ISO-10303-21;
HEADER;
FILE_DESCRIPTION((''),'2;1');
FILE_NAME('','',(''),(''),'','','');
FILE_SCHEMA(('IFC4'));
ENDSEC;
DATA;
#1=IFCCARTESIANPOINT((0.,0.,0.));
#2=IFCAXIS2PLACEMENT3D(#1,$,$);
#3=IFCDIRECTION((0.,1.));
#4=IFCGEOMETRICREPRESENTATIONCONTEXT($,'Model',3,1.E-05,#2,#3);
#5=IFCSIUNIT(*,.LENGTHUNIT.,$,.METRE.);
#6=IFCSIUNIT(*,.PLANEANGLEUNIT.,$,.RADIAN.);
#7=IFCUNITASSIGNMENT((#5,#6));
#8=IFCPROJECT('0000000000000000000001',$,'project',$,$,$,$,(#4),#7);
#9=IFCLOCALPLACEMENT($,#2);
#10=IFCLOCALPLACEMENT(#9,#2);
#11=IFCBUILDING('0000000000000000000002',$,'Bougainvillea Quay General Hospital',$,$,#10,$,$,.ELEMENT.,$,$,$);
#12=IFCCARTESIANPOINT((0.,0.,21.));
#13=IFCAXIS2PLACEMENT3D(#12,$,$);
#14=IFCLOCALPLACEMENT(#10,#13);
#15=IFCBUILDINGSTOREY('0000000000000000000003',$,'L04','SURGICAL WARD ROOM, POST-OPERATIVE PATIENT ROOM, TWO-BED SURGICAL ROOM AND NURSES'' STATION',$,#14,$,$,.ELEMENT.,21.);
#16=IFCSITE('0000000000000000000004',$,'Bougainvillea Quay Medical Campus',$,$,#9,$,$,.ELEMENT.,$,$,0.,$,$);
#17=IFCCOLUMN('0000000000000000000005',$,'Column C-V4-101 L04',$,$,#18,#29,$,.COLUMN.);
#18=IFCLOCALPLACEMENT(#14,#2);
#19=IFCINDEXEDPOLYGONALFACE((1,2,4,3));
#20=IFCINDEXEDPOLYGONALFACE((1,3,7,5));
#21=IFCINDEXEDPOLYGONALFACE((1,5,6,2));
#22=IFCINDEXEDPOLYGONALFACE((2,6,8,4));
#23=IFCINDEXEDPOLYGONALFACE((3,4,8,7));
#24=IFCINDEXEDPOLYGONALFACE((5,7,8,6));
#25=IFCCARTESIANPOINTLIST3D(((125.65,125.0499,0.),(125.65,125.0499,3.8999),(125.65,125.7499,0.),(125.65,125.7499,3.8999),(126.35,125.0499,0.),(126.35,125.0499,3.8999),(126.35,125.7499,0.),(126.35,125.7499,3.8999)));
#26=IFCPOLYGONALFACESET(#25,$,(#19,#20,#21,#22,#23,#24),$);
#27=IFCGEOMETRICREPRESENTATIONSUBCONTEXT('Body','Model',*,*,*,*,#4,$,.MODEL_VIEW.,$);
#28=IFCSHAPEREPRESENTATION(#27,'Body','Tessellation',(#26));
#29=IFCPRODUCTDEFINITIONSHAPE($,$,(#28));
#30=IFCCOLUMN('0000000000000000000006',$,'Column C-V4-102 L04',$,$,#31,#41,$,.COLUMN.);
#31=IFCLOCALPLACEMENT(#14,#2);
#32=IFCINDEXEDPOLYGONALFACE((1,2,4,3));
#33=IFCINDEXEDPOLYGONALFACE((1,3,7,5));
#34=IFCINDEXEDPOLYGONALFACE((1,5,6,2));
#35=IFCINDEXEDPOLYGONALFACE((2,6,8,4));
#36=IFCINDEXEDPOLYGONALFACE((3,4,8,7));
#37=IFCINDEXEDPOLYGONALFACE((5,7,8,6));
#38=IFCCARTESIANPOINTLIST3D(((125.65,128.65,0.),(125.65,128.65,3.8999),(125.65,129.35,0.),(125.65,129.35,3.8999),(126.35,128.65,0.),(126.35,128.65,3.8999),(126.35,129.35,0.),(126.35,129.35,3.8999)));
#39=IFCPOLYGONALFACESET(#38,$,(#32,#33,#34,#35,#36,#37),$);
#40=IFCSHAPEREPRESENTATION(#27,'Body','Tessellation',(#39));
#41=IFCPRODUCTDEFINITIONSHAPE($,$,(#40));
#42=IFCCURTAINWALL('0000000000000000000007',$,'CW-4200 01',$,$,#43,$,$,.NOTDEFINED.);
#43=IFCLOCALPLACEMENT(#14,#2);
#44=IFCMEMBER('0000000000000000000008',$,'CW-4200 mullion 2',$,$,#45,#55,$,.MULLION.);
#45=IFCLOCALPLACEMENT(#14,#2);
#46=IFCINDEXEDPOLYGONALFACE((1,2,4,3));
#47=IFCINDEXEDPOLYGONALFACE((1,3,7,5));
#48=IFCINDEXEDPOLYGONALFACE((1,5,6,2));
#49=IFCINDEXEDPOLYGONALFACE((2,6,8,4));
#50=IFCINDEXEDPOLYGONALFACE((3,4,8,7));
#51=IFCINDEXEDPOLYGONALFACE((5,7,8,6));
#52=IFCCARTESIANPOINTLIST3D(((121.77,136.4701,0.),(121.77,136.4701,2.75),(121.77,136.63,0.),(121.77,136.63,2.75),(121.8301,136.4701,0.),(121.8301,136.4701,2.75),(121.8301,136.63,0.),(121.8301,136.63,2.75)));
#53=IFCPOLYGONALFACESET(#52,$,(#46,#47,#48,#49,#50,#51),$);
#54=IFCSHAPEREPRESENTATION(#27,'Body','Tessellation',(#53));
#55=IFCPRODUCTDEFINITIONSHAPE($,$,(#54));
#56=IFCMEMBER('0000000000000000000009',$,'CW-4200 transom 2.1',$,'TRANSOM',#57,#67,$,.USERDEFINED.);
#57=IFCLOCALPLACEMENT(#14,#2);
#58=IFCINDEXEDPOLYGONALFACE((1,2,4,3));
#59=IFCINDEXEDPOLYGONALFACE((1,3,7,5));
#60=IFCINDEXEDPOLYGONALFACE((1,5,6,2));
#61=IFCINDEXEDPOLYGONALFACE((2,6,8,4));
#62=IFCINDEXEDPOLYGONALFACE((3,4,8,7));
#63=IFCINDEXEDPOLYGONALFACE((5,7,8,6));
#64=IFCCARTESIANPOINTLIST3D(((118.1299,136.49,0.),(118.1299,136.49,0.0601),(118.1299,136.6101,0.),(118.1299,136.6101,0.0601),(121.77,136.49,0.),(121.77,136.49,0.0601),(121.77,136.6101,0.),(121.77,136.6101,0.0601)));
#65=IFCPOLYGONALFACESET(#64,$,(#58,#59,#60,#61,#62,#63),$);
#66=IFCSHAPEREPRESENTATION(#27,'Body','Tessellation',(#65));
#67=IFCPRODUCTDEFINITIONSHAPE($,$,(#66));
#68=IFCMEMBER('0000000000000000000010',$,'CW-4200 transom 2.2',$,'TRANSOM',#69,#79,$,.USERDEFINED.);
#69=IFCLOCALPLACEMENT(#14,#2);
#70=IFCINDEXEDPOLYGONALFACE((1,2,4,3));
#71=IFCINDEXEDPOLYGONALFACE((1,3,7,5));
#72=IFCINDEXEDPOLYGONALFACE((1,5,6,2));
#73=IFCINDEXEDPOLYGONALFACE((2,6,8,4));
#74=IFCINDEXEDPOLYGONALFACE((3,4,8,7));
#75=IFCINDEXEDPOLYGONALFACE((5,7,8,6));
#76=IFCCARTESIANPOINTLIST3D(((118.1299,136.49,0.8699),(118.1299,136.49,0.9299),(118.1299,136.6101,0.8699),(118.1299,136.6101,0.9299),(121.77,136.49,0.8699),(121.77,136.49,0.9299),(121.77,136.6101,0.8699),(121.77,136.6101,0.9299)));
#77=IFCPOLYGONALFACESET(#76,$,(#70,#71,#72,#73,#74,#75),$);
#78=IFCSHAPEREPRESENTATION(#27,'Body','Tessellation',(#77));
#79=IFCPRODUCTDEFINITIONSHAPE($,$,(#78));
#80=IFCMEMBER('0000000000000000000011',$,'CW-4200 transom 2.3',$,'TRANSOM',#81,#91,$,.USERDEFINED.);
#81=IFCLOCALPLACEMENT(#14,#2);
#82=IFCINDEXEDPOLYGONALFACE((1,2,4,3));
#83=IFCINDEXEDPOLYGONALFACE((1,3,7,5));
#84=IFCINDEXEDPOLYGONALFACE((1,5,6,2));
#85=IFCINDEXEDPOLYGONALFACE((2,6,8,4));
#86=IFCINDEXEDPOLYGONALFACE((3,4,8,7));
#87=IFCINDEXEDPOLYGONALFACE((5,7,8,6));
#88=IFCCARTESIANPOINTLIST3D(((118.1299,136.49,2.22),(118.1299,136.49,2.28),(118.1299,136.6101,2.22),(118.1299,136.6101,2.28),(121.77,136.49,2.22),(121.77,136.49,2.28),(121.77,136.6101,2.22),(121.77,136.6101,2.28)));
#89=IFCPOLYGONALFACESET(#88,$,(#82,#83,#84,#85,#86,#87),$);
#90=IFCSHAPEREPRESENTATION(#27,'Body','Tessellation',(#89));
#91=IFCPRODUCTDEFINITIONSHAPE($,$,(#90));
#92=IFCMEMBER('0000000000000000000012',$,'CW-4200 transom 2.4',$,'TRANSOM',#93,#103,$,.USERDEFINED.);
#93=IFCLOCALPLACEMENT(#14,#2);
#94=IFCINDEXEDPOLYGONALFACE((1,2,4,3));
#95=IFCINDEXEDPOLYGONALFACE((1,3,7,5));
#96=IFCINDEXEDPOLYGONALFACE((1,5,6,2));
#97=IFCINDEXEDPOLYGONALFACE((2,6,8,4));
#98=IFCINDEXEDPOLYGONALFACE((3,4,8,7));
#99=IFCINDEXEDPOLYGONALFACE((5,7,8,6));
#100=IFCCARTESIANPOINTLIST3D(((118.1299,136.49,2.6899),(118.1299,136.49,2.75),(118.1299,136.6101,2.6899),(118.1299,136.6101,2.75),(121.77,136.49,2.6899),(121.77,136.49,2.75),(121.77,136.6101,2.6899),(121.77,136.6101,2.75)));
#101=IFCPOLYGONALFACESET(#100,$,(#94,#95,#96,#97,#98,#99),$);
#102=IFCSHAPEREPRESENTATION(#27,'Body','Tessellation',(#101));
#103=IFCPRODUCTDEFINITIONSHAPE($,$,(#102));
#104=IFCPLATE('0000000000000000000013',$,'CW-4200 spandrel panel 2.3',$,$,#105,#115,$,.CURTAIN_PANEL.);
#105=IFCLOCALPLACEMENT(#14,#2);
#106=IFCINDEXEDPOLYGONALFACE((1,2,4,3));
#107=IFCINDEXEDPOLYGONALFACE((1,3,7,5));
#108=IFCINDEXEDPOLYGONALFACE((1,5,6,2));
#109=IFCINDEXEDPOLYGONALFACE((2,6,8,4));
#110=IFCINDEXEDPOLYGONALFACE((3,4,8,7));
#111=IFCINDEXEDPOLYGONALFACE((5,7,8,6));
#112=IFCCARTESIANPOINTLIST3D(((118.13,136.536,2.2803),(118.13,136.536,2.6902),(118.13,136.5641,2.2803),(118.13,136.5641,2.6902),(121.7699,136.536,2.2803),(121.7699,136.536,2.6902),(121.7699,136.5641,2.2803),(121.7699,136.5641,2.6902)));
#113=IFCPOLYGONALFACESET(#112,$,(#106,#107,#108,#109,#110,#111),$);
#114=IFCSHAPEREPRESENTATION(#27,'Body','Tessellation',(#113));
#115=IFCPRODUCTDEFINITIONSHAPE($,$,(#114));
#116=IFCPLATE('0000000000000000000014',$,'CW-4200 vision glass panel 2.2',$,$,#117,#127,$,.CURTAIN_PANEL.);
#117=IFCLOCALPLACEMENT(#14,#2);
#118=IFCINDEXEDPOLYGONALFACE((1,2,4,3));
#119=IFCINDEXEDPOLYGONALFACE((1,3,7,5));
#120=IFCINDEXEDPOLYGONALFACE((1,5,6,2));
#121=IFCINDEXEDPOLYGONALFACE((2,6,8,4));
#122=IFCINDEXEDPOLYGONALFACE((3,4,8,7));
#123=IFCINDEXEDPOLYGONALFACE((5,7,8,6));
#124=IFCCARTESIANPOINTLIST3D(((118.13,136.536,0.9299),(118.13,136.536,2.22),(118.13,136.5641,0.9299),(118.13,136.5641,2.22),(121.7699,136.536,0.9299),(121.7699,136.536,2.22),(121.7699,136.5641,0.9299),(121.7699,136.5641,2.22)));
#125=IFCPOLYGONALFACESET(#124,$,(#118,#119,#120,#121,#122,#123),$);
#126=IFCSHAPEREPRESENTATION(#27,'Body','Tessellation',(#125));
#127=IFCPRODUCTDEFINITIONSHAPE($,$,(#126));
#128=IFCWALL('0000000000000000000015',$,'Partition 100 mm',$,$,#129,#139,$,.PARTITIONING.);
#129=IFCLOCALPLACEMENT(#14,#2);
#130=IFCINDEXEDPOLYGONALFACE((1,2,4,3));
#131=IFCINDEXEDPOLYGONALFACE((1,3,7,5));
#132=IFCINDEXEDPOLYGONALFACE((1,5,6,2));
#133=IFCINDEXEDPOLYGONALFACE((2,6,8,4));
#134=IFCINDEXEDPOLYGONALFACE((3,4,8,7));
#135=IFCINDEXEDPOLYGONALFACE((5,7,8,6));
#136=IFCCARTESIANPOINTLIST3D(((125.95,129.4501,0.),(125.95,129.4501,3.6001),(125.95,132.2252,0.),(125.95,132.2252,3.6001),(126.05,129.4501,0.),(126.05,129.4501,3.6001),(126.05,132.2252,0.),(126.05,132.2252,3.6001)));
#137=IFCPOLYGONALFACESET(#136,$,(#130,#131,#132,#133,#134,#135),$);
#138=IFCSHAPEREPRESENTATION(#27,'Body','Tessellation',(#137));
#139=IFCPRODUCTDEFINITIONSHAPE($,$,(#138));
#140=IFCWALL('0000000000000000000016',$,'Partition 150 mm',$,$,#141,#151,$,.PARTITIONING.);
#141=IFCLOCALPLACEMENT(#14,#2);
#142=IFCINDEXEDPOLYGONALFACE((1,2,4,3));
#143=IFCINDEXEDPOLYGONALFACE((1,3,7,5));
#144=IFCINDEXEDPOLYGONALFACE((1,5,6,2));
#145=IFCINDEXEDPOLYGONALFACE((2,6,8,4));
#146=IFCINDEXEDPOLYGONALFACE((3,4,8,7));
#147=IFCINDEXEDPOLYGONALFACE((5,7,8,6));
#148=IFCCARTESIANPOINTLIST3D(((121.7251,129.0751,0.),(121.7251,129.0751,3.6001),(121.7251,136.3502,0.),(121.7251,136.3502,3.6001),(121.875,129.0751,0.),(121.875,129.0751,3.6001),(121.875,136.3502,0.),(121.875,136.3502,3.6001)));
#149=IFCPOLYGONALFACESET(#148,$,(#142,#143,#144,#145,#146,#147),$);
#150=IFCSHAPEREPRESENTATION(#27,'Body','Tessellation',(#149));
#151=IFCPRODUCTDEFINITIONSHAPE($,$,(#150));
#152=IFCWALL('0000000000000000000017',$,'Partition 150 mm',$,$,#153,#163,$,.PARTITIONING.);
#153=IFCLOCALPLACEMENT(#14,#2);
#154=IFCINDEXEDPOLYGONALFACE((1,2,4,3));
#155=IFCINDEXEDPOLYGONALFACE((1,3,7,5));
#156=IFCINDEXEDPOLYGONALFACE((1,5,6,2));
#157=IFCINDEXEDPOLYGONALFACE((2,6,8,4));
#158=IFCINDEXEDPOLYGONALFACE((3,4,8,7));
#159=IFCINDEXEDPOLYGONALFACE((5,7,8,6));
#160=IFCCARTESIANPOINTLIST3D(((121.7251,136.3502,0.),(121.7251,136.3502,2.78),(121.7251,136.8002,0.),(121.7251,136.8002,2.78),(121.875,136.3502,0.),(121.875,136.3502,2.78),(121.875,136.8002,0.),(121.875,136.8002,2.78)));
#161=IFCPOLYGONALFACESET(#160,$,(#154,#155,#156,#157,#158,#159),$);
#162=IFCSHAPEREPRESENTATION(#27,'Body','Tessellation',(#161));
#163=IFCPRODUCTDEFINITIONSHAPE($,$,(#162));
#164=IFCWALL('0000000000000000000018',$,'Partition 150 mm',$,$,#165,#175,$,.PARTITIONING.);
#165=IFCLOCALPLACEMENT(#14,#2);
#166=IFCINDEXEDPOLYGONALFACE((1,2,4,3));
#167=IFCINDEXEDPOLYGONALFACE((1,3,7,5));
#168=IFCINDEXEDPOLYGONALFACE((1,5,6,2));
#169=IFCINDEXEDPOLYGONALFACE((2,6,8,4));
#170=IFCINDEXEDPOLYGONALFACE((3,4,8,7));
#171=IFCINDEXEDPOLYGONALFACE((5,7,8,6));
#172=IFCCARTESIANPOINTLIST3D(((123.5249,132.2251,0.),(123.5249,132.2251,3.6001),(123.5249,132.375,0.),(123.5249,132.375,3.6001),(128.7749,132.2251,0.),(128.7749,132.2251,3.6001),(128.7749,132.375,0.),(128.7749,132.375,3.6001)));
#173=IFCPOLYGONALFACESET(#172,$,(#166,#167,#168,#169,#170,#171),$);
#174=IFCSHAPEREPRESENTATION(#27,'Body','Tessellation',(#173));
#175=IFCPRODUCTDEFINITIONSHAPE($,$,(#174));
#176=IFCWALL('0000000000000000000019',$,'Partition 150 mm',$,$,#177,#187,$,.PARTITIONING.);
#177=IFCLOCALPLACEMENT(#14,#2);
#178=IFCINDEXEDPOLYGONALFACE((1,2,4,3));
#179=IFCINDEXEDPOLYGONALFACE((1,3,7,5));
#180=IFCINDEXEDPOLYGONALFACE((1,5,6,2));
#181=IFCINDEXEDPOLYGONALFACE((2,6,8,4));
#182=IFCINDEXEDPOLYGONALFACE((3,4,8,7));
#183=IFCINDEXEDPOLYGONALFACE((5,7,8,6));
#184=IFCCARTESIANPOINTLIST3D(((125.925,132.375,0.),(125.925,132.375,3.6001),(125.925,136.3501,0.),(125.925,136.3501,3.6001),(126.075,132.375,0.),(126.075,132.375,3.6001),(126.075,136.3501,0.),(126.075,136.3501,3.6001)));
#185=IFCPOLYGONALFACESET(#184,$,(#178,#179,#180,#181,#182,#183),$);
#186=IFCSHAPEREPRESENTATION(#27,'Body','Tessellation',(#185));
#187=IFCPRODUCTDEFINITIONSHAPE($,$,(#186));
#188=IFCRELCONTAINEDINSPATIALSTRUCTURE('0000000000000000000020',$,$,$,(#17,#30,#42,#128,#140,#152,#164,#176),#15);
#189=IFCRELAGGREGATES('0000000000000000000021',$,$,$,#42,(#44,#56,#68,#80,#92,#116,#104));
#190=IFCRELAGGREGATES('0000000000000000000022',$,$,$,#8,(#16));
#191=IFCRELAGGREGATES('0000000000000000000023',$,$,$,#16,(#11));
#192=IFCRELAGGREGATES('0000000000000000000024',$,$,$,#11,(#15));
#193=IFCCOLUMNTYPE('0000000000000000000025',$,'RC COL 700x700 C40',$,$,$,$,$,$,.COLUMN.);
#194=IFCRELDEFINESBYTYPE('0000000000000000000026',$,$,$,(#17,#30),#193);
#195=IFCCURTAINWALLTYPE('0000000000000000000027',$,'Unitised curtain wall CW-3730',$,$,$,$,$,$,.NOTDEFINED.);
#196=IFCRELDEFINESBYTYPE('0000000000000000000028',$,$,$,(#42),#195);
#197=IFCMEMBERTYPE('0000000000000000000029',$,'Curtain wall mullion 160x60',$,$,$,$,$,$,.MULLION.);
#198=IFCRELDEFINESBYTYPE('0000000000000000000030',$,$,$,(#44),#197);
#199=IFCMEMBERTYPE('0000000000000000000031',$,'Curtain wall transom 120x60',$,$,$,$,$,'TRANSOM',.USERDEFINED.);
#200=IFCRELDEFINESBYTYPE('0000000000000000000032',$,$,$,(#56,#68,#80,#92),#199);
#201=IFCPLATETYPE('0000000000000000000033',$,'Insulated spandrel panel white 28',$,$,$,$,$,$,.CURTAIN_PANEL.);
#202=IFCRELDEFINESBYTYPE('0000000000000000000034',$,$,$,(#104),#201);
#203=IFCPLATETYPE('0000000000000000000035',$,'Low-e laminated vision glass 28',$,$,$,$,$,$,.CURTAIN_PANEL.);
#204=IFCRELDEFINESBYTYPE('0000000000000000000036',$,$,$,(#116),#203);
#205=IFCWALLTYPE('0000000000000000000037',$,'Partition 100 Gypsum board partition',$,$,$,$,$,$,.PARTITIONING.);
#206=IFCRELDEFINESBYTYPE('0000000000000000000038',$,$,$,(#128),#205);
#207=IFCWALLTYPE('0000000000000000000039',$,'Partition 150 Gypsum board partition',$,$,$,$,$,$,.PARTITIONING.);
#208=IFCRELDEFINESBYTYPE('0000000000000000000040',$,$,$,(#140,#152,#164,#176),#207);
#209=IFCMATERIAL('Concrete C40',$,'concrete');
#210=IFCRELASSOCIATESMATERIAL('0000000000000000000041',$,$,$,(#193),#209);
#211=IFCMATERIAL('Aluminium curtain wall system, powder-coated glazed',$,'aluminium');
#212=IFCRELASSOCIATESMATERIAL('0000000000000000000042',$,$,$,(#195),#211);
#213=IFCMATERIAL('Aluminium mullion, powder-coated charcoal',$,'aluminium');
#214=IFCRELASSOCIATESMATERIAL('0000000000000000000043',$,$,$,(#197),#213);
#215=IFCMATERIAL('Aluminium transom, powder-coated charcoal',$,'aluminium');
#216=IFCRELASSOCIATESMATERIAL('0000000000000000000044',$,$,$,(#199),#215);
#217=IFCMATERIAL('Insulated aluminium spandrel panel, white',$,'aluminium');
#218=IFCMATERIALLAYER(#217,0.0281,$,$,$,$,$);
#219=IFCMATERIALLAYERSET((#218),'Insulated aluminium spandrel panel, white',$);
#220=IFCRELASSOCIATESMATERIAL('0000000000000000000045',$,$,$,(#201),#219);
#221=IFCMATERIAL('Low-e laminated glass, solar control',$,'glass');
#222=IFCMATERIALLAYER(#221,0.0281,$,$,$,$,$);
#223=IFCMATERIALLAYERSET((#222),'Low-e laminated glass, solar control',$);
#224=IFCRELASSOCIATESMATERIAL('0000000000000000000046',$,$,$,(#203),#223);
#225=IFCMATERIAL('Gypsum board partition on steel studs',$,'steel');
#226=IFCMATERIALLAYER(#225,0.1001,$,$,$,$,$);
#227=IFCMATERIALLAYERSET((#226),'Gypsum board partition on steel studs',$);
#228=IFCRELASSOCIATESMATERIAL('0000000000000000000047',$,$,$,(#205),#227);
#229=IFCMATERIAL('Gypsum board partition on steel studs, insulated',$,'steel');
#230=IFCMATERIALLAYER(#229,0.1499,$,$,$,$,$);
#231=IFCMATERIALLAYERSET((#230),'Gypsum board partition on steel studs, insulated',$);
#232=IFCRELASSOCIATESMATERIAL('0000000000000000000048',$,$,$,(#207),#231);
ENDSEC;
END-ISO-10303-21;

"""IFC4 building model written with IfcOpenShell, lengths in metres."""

from ifc_helpers import new_model, si_unit, direction, frame, frame_2d, origin, origin_2d, place, context, subcontext, project, spatial, rectangle, extrude, material, layer, layer_set, material_profile, profile_set, type_object, element, aggregate, save


model = new_model("IFC4")

# Units and contexts
model_context = context("Model", 3, precision=1e-05, world=origin(), true_north=direction((0.0, 1.0)))
body_context = subcontext(model_context, "Body", "Model", "MODEL_VIEW")
ifc_project = project(units=[si_unit("LENGTHUNIT", "METRE"), si_unit("PLANEANGLEUNIT", "RADIAN")], contexts=[model_context])

# Site, building, storey
site_placement = place(None, origin())
site = spatial("IfcSite", under=ifc_project, at=site_placement, Name="Bougainvillea Quay Medical Campus", CompositionType="ELEMENT", RefElevation=0.0)
building_placement = place(site_placement, origin())
building = spatial("IfcBuilding", under=site, at=building_placement, Name="Bougainvillea Quay General Hospital", CompositionType="ELEMENT")
storey_placement = place(building_placement, frame((0.0, 0.0, 21.0)))
storey = spatial("IfcBuildingStorey", under=building, at=storey_placement, Name="L04", Description="SURGICAL WARD ROOM, POST-OPERATIVE PATIENT ROOM, TWO-BED SURGICAL ROOM AND NURSES' STATION", CompositionType="ELEMENT", Elevation=21.0)

# Columns
ifc_material_1 = material(Name="Concrete C40", Category="concrete")
ifc_material_profile_1 = material_profile(ifc_material_1, rectangle(XDim=0.7, YDim=0.7, at=origin_2d()))
ifc_profile_set_1 = profile_set([ifc_material_profile_1], Name="Concrete C40")
column_type = type_object("IfcColumnType", Name="RC COL 700x700 C40", PredefinedType="COLUMN", material=ifc_profile_set_1)
for number, where, z_axis, x_axis, name in (
    (1, (126.0, 125.3999, 0.0), (0.0, 0.0, 1.0), (1.0, 0.0, 0.0), "Column C-V4-101 L04"),
    (2, (126.0, 129.0, 0.0), (0.0, 0.0, 1.0), (1.0, 0.0, 0.0), "Column C-V4-102 L04"),
):
    element("IfcColumn", number, at=place(storey_placement, frame(where, z_axis=z_axis, x_axis=x_axis)), inside=storey, type_object=column_type, Name=name, PredefinedType="COLUMN", context=body_context, shape_type="SweptSolid", body=[
        extrude(rectangle(XDim=0.7, YDim=0.7, at=origin_2d()), origin(), (0.0, 0.0, 1.0), 3.8999),
    ])

# Curtain wall, members, plates
ifc_material_2 = material(Name="Aluminium curtain wall system, powder-coated glazed", Category="aluminium")
curtain_wall_type = type_object("IfcCurtainWallType", Name="Unitised curtain wall CW-3730", PredefinedType="NOTDEFINED", material=ifc_material_2)
curtain_wall_placement = place(storey_placement, origin())
curtain_wall = element("IfcCurtainWall", 3, at=curtain_wall_placement, inside=storey, type_object=curtain_wall_type, Name="CW-4200 01", PredefinedType="NOTDEFINED")
ifc_material_3 = material(Name="Aluminium mullion, powder-coated charcoal", Category="aluminium")
ifc_material_profile_2 = material_profile(ifc_material_3, rectangle(XDim=0.1599, YDim=0.0601, at=origin_2d()))
ifc_profile_set_2 = profile_set([ifc_material_profile_2], Name="Aluminium mullion, powder-coated charcoal")
member_type_1 = type_object("IfcMemberType", Name="Curtain wall mullion 160x60", PredefinedType="MULLION", material=ifc_profile_set_2)
member_1_placement = place(storey_placement, frame((121.8, 136.55, 0.0), z_axis=(0.0, 0.0, 1.0), x_axis=(0.0, -1.0, 0.0)))
member_1 = element("IfcMember", 4, at=member_1_placement, type_object=member_type_1, Name="CW-4200 mullion 2", PredefinedType="MULLION", context=body_context, shape_type="SweptSolid", body=[
    extrude(rectangle(XDim=0.1599, YDim=0.0601, at=origin_2d()), origin(), (0.0, 0.0, 1.0), 2.75),
])
ifc_material_4 = material(Name="Aluminium transom, powder-coated charcoal", Category="aluminium")
ifc_material_profile_3 = material_profile(ifc_material_4, rectangle(XDim=0.1201, YDim=0.0601, at=origin_2d()))
ifc_profile_set_3 = profile_set([ifc_material_profile_3], Name="Aluminium transom, powder-coated charcoal")
member_type_2 = type_object("IfcMemberType", Name="Curtain wall transom 120x60", ElementType="TRANSOM", PredefinedType="USERDEFINED", material=ifc_profile_set_3)
member_2_placement = place(storey_placement, frame((121.77, 136.55, 0.03), z_axis=(-1.0, 0.0, 0.0), x_axis=(0.0, -1.0, 0.0)))
member_2 = element("IfcMember", 5, at=member_2_placement, type_object=member_type_2, Name="CW-4200 transom 2.1", ObjectType="TRANSOM", PredefinedType="USERDEFINED", context=body_context, shape_type="SweptSolid", body=[
    extrude(rectangle(XDim=0.1201, YDim=0.0601, at=origin_2d()), origin(), (0.0, 0.0, 1.0), 3.6401),
])
member_3_placement = place(storey_placement, frame((121.77, 136.55, 0.8999), z_axis=(-1.0, 0.0, 0.0), x_axis=(0.0, -1.0, 0.0)))
member_3 = element("IfcMember", 6, at=member_3_placement, type_object=member_type_2, Name="CW-4200 transom 2.2", ObjectType="TRANSOM", PredefinedType="USERDEFINED", context=body_context, shape_type="SweptSolid", body=[
    extrude(rectangle(XDim=0.1201, YDim=0.0601, at=origin_2d()), origin(), (0.0, 0.0, 1.0), 3.6401),
])
member_4_placement = place(storey_placement, frame((121.77, 136.55, 2.25), z_axis=(-1.0, 0.0, 0.0), x_axis=(0.0, -1.0, 0.0)))
member_4 = element("IfcMember", 7, at=member_4_placement, type_object=member_type_2, Name="CW-4200 transom 2.3", ObjectType="TRANSOM", PredefinedType="USERDEFINED", context=body_context, shape_type="SweptSolid", body=[
    extrude(rectangle(XDim=0.1201, YDim=0.0601, at=origin_2d()), origin(), (0.0, 0.0, 1.0), 3.6401),
])
member_5_placement = place(storey_placement, frame((121.77, 136.55, 2.72), z_axis=(-1.0, 0.0, 0.0), x_axis=(0.0, -1.0, 0.0)))
member_5 = element("IfcMember", 8, at=member_5_placement, type_object=member_type_2, Name="CW-4200 transom 2.4", ObjectType="TRANSOM", PredefinedType="USERDEFINED", context=body_context, shape_type="SweptSolid", body=[
    extrude(rectangle(XDim=0.1201, YDim=0.0601, at=origin_2d()), origin(), (0.0, 0.0, 1.0), 3.6401),
])
ifc_material_5 = material(Name="Insulated aluminium spandrel panel, white", Category="aluminium")
ifc_layer_1 = layer(ifc_material_5, 0.0281)
ifc_layer_set_1 = layer_set([ifc_layer_1], Name="Insulated aluminium spandrel panel, white")
plate_type_1 = type_object("IfcPlateType", Name="Insulated spandrel panel white 28", PredefinedType="CURTAIN_PANEL", material=ifc_layer_set_1)
plate_1_placement = place(storey_placement, frame((119.95, 136.55, 2.2803), z_axis=(0.0, 0.0, 1.0), x_axis=(-1.0, 0.0, 0.0)))
plate_1 = element("IfcPlate", 9, at=plate_1_placement, type_object=plate_type_1, Name="CW-4200 spandrel panel 2.3", PredefinedType="CURTAIN_PANEL", context=body_context, shape_type="SweptSolid", body=[
    extrude(rectangle(XDim=3.6399, YDim=0.0281, at=origin_2d()), origin(), (0.0, 0.0, 1.0), 0.4099),
])
ifc_material_6 = material(Name="Low-e laminated glass, solar control", Category="glass")
ifc_layer_2 = layer(ifc_material_6, 0.0281)
ifc_layer_set_2 = layer_set([ifc_layer_2], Name="Low-e laminated glass, solar control")
plate_type_2 = type_object("IfcPlateType", Name="Low-e laminated vision glass 28", PredefinedType="CURTAIN_PANEL", material=ifc_layer_set_2)
plate_2_placement = place(storey_placement, frame((119.95, 136.55, 0.9299), z_axis=(0.0, 0.0, 1.0), x_axis=(-1.0, 0.0, 0.0)))
plate_2 = element("IfcPlate", 10, at=plate_2_placement, type_object=plate_type_2, Name="CW-4200 vision glass panel 2.2", PredefinedType="CURTAIN_PANEL", context=body_context, shape_type="SweptSolid", body=[
    extrude(rectangle(XDim=3.6399, YDim=0.0281, at=origin_2d()), origin(), (0.0, 0.0, 1.0), 1.29),
])
aggregate(curtain_wall, [member_1, member_2, member_3, member_4, member_5, plate_2, plate_1])

# Walls
ifc_material_7 = material(Name="Gypsum board partition on steel studs", Category="steel")
ifc_layer_3 = layer(ifc_material_7, 0.1001)
ifc_layer_set_3 = layer_set([ifc_layer_3], Name="Gypsum board partition on steel studs")
wall_type_1 = type_object("IfcWallType", Name="Partition 100 Gypsum board partition", PredefinedType="PARTITIONING", material=ifc_layer_set_3)
wall_1_placement = place(storey_placement, frame((126.0, 129.45, 0.0), z_axis=(0.0, 0.0, 1.0), x_axis=(0.0, 1.0, 0.0)))
element("IfcWall", 11, at=wall_1_placement, inside=storey, type_object=wall_type_1, Name="Partition 100 mm", PredefinedType="PARTITIONING", context=body_context, shape_type="SweptSolid", body=[
    extrude(rectangle(XDim=2.7751, YDim=0.1001, at=frame_2d((1.3877, 0.0))), origin(), (0.0, 0.0, 1.0), 3.6001),
])
ifc_material_8 = material(Name="Gypsum board partition on steel studs, insulated", Category="steel")
ifc_layer_4 = layer(ifc_material_8, 0.1499)
ifc_layer_set_4 = layer_set([ifc_layer_4], Name="Gypsum board partition on steel studs, insulated")
wall_type_2 = type_object("IfcWallType", Name="Partition 150 Gypsum board partition", PredefinedType="PARTITIONING", material=ifc_layer_set_4)
wall_2_placement = place(storey_placement, frame((121.8, 129.075, 0.0), z_axis=(0.0, 0.0, 1.0), x_axis=(0.0, 1.0, 0.0)))
element("IfcWall", 12, at=wall_2_placement, inside=storey, type_object=wall_type_2, Name="Partition 150 mm", PredefinedType="PARTITIONING", context=body_context, shape_type="SweptSolid", body=[
    extrude(rectangle(XDim=7.2751, YDim=0.1499, at=frame_2d((3.6377, 0.0))), origin(), (0.0, 0.0, 1.0), 3.6001),
])
wall_3_placement = place(storey_placement, frame((121.8, 136.3501, 0.0), z_axis=(0.0, 0.0, 1.0), x_axis=(0.0, 1.0, 0.0)))
element("IfcWall", 13, at=wall_3_placement, inside=storey, type_object=wall_type_2, Name="Partition 150 mm", PredefinedType="PARTITIONING", context=body_context, shape_type="SweptSolid", body=[
    extrude(rectangle(XDim=0.45, YDim=0.1499, at=frame_2d((0.2251, 0.0))), origin(), (0.0, 0.0, 1.0), 2.78),
])
wall_4_placement = place(storey_placement, frame((123.5249, 132.3, 0.0), z_axis=(0.0, 0.0, 1.0), x_axis=(1.0, 0.0, 0.0)))
element("IfcWall", 14, at=wall_4_placement, inside=storey, type_object=wall_type_2, Name="Partition 150 mm", PredefinedType="PARTITIONING", context=body_context, shape_type="SweptSolid", body=[
    extrude(rectangle(XDim=5.25, YDim=0.1499, at=frame_2d((2.625, 0.0))), origin(), (0.0, 0.0, 1.0), 3.6001),
])
wall_5_placement = place(storey_placement, frame((126.0, 132.375, 0.0), z_axis=(0.0, 0.0, 1.0), x_axis=(0.0, 1.0, 0.0)))
element("IfcWall", 15, at=wall_5_placement, inside=storey, type_object=wall_type_2, Name="Partition 150 mm", PredefinedType="PARTITIONING", context=body_context, shape_type="SweptSolid", body=[
    extrude(rectangle(XDim=3.9751, YDim=0.1499, at=frame_2d((1.9875, 0.0))), origin(), (0.0, 0.0, 1.0), 3.6001),
])

save(model, "model.ifc")
